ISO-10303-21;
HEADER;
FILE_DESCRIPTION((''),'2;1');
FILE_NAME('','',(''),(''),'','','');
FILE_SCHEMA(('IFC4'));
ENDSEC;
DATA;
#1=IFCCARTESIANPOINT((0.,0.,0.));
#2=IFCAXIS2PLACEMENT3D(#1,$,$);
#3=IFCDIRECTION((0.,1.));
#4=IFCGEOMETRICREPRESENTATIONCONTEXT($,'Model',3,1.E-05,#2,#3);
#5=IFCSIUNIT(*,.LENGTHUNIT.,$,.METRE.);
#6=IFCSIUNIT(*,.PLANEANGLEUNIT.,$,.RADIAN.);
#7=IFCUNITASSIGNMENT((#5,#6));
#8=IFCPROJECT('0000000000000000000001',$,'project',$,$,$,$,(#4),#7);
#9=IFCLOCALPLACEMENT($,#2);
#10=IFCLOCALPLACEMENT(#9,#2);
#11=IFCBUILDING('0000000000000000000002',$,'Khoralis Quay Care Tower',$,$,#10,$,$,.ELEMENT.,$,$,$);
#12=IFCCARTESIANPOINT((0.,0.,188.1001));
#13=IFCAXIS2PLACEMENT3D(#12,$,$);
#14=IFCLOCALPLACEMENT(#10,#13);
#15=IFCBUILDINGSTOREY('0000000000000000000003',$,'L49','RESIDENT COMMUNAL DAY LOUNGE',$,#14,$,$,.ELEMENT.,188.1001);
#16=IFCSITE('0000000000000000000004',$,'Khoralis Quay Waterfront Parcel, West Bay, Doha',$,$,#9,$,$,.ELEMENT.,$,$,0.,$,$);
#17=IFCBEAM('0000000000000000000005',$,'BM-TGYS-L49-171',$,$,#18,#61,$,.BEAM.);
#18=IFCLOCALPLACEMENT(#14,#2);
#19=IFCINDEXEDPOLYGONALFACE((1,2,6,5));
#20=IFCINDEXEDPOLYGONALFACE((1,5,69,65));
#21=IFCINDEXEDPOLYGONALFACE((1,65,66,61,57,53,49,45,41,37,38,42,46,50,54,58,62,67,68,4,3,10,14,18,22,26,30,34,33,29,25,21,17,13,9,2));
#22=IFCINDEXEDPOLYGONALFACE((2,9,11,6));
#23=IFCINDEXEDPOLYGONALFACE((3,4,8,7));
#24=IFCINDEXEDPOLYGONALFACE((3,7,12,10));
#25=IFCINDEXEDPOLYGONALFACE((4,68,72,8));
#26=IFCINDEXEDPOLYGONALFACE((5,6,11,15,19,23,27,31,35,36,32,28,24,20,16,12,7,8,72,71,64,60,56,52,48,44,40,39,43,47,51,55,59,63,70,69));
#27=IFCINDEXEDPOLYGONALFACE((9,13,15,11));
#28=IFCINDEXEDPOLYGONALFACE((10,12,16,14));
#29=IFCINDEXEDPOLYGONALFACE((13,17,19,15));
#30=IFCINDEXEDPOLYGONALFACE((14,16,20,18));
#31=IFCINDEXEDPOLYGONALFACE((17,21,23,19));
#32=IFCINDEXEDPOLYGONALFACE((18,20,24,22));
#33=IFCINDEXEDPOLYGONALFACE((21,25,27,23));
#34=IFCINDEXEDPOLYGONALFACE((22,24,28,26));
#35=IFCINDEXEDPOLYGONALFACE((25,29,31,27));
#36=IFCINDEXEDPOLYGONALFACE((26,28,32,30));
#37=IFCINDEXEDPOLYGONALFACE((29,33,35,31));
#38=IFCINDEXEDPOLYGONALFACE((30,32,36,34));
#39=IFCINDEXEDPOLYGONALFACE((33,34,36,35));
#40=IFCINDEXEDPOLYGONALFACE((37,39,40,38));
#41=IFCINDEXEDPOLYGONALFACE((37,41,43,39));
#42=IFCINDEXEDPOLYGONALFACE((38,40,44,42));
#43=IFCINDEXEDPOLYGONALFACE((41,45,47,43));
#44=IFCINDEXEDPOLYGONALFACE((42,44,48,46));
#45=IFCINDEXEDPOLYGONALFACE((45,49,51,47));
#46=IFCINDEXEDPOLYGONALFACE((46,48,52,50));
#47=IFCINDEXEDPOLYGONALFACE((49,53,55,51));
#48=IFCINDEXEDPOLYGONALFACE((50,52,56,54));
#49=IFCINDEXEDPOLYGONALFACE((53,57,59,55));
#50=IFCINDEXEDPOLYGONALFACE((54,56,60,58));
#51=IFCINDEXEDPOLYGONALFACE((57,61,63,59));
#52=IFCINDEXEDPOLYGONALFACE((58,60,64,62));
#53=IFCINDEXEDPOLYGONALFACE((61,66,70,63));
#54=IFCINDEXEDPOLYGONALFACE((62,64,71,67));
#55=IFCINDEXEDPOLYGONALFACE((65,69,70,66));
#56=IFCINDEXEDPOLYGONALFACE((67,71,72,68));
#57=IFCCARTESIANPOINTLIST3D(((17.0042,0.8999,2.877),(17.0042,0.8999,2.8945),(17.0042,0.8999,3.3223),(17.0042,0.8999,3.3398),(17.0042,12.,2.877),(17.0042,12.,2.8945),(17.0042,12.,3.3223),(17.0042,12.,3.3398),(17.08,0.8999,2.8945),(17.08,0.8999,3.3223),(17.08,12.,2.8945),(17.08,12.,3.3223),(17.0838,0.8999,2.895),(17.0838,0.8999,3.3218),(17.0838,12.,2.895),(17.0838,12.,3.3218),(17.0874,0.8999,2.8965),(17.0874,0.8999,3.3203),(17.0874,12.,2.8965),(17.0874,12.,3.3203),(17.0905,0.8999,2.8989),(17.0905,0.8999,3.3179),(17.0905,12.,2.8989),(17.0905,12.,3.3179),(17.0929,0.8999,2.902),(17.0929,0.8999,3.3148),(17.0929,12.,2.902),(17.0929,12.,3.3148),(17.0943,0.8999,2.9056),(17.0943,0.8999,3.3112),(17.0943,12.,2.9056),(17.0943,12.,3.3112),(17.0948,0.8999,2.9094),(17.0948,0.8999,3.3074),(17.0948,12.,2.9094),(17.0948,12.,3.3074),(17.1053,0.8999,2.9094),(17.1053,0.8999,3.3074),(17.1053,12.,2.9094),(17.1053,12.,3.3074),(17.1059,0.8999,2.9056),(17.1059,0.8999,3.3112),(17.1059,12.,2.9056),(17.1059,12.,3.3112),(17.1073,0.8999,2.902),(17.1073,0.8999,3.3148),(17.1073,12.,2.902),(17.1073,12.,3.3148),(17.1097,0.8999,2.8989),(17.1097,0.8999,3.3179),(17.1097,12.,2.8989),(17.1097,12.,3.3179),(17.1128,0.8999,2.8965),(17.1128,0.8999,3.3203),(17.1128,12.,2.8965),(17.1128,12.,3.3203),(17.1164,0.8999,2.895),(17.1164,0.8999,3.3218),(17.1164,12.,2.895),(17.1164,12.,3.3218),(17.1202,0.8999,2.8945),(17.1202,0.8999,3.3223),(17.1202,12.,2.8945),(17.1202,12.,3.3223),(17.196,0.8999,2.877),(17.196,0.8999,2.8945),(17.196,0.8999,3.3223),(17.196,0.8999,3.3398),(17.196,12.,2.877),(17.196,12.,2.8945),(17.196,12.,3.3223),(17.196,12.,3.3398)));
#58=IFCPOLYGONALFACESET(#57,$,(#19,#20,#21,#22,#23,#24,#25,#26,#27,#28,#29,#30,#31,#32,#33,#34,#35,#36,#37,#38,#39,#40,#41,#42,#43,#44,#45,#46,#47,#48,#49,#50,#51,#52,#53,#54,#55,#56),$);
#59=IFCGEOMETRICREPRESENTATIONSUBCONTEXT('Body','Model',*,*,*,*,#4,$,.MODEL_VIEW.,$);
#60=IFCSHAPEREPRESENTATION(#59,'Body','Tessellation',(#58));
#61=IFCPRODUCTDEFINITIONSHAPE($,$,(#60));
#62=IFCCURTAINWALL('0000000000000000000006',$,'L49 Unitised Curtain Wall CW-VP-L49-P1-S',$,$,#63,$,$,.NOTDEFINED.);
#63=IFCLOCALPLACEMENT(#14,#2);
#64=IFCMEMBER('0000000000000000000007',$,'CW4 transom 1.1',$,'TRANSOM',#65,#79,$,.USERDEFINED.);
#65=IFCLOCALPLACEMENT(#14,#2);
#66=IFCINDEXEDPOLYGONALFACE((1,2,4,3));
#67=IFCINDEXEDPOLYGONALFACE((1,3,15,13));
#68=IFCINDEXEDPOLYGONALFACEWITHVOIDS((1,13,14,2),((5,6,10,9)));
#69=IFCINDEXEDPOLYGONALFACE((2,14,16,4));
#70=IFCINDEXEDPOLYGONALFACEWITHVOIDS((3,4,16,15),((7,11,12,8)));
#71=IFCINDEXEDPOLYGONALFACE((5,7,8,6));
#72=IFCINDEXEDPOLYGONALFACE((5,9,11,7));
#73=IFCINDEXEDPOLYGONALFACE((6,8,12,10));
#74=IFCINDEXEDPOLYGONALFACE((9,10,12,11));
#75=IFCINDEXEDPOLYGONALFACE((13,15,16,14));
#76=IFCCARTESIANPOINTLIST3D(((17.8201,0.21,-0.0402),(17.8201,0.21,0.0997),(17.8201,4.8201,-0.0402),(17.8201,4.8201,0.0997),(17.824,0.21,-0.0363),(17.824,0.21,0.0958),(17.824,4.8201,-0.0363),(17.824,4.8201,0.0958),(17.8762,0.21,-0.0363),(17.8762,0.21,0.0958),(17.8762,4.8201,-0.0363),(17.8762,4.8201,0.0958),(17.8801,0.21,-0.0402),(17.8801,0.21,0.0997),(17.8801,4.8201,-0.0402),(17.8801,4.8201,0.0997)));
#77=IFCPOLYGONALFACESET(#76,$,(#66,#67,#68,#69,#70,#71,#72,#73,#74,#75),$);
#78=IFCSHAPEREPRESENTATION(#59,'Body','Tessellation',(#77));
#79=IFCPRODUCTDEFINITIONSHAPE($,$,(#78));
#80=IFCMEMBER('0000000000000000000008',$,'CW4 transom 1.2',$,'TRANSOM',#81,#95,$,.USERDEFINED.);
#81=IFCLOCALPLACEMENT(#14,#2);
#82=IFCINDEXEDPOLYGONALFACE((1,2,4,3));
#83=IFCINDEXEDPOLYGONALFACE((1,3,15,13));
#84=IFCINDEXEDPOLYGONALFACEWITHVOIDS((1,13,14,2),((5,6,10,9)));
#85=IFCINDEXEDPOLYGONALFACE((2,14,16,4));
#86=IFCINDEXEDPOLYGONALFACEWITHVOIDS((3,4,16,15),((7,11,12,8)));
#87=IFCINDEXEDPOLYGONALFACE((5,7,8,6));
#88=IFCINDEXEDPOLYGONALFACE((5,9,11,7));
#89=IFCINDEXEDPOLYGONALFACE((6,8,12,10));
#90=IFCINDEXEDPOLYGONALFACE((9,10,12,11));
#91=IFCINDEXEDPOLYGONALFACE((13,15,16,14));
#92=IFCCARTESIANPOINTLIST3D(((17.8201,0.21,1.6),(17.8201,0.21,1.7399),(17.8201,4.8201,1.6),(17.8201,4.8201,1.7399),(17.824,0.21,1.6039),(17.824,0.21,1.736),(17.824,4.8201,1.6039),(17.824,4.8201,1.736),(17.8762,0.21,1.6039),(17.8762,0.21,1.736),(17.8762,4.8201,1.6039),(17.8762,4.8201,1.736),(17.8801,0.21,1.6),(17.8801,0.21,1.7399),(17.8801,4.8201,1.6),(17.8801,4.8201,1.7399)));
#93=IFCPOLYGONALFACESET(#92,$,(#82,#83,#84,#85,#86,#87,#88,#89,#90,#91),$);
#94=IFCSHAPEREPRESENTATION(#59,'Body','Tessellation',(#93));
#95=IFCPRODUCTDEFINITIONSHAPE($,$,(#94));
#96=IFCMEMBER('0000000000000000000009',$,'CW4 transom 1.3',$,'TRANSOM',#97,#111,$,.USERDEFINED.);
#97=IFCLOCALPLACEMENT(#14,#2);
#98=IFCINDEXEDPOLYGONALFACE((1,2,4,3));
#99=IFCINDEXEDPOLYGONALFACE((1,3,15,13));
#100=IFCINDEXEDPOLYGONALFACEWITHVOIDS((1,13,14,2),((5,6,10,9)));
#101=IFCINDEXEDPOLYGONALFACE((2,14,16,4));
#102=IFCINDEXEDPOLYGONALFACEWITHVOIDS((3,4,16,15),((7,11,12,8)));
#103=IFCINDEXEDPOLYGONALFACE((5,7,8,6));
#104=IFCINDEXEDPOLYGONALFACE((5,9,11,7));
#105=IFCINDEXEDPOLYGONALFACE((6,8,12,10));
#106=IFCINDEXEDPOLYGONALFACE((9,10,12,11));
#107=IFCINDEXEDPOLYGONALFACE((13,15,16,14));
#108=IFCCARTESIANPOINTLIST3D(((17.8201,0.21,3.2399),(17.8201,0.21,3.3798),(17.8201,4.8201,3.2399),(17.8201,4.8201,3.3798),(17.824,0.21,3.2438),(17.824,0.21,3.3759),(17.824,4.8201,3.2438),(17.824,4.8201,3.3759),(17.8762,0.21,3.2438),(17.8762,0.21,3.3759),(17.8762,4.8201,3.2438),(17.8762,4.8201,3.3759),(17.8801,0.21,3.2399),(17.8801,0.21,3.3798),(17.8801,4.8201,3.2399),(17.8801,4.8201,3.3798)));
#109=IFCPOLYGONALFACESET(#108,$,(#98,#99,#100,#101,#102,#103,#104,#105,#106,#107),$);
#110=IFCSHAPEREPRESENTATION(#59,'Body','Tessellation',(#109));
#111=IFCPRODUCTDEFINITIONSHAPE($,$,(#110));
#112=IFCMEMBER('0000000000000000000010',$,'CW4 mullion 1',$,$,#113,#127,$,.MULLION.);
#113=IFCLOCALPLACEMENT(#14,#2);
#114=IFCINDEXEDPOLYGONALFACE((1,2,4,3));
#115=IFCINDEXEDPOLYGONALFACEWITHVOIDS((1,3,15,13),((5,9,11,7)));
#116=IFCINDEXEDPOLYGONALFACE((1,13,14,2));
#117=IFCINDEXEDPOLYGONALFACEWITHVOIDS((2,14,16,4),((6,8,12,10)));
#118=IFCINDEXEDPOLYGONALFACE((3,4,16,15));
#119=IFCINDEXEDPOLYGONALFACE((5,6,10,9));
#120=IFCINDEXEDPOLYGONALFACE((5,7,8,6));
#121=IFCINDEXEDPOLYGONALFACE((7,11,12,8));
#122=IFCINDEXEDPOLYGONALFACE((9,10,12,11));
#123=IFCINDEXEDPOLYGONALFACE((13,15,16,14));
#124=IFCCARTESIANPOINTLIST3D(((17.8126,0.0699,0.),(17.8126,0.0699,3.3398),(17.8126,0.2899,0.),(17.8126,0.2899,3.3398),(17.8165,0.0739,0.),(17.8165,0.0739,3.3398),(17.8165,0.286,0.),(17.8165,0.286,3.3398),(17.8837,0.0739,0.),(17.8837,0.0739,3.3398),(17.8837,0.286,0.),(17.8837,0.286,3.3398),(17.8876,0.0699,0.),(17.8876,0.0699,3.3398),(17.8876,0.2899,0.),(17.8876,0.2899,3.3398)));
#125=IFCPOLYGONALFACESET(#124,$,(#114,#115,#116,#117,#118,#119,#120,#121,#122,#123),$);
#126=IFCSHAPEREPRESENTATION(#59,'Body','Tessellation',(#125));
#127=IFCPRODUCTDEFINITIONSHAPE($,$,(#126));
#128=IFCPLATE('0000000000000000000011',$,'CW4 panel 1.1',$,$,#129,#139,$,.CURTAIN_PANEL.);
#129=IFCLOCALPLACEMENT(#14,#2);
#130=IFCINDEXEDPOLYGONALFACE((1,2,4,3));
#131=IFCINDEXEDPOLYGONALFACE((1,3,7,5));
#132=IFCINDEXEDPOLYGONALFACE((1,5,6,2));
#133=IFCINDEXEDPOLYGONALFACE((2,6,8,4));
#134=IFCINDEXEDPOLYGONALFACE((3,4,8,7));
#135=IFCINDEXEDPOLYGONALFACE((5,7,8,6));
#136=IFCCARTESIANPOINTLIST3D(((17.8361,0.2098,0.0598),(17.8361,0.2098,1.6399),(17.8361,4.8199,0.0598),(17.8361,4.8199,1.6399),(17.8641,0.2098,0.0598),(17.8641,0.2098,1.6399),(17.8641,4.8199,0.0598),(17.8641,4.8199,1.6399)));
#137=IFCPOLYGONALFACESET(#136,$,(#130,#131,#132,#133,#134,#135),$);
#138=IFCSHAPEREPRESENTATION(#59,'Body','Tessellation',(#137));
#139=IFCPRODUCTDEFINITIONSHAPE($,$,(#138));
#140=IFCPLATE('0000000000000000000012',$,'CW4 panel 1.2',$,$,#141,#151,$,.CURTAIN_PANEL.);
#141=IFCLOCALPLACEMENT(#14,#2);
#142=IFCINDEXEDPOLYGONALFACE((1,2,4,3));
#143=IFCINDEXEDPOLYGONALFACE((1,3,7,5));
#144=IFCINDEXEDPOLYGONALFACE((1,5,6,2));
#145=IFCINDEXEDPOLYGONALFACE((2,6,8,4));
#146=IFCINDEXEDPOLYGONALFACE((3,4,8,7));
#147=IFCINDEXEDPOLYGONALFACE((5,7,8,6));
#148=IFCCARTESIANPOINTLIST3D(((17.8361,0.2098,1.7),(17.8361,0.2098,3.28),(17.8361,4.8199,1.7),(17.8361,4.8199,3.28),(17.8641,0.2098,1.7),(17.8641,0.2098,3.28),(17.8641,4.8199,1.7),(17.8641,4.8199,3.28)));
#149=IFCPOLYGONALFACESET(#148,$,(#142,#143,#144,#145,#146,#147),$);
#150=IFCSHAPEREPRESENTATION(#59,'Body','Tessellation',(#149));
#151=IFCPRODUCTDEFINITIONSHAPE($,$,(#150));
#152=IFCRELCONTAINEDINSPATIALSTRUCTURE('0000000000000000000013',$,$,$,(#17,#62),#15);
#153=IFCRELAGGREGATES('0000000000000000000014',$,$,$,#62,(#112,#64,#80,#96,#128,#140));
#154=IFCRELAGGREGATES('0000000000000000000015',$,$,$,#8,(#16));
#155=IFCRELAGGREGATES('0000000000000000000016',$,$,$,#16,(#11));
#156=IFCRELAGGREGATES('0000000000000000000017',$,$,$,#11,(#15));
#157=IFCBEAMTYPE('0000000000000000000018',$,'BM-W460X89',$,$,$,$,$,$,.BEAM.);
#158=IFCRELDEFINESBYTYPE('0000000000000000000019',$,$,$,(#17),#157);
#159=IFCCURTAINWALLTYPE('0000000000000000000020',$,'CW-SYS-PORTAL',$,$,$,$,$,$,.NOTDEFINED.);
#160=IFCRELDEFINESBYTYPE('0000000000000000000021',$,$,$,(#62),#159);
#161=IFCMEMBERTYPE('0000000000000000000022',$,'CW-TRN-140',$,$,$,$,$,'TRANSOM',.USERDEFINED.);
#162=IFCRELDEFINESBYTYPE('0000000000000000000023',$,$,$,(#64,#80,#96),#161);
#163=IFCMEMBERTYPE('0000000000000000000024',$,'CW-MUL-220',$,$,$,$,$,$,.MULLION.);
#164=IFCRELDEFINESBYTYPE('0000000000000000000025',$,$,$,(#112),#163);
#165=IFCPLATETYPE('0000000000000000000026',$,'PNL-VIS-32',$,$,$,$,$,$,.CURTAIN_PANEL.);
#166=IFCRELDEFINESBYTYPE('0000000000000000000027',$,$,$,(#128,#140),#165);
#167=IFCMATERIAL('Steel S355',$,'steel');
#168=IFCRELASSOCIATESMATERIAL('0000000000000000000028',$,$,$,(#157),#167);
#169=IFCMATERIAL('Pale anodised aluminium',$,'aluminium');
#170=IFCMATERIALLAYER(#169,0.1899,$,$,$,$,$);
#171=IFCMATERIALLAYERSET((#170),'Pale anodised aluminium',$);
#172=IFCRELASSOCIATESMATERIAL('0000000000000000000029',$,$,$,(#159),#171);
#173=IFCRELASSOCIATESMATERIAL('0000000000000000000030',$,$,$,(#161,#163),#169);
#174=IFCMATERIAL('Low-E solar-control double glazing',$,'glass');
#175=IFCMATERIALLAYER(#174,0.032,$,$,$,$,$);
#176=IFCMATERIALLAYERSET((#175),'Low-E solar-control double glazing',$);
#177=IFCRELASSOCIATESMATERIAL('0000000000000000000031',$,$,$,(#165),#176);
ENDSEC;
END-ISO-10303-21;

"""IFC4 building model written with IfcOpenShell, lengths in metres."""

from ifc_helpers import new_model, si_unit, direction, frame, origin, origin_2d, place, context, subcontext, project, spatial, rectangle, hollow_rectangle, i_section, extrude, source, transform, mapped, material, layer, layer_set, material_profile, profile_set, type_object, element, aggregate, save


model = new_model("IFC4")

# Units and contexts
model_context = context("Model", 3, precision=1e-05, world=origin(), true_north=direction((0.0, 1.0)))
body_context = subcontext(model_context, "Body", "Model", "MODEL_VIEW")
ifc_project = project(units=[si_unit("LENGTHUNIT", "METRE"), si_unit("PLANEANGLEUNIT", "RADIAN")], contexts=[model_context])

# Site, building, storey
site_placement = place(None, origin())
site = spatial("IfcSite", under=ifc_project, at=site_placement, Name="Khoralis Quay Waterfront Parcel, West Bay, Doha", CompositionType="ELEMENT", RefElevation=0.0)
building_placement = place(site_placement, origin())
building = spatial("IfcBuilding", under=site, at=building_placement, Name="Khoralis Quay Care Tower", CompositionType="ELEMENT")
storey_placement = place(building_placement, frame((0.0, 0.0, 188.1001)))
storey = spatial("IfcBuildingStorey", under=building, at=storey_placement, Name="L49", Description="RESIDENT COMMUNAL DAY LOUNGE", CompositionType="ELEMENT", Elevation=188.1001)

# Beam
ifc_material_1 = material(Name="Steel S355", Category="steel")
ifc_material_profile_1 = material_profile(ifc_material_1, i_section(OverallWidth=0.1919, OverallDepth=0.4629, WebThickness=0.0105, FlangeThickness=0.0176, FilletRadius=0.0149, at=origin_2d()), Name="Steel S355")
ifc_profile_set_1 = profile_set([ifc_material_profile_1], Name="Steel S355")
beam_type_1 = type_object("IfcBeamType", Name="BM-W460X89", PredefinedType="BEAM", material=ifc_profile_set_1)
shared_shape_1 = source(origin(), body_context, "Body", "SweptSolid", [
    extrude(i_section(OverallWidth=0.1919, OverallDepth=0.4629, WebThickness=0.0105, FlangeThickness=0.0176, FilletRadius=0.0149, at=origin_2d()), origin(), (0.0, 0.0, 1.0), 11.1001),
])
beam_1_placement = place(storey_placement, frame((17.1001, 0.8999, 3.1084), z_axis=(0.0, 1.0, 0.0), x_axis=(-1.0, 0.0, 0.0)))
element("IfcBeam", 1, at=beam_1_placement, inside=storey, type_object=beam_type_1, Name="BM-TGYS-L49-171", PredefinedType="BEAM", context=body_context, shape_type="MappedRepresentation", body=[
    mapped(shared_shape_1, transform((0.0, 0.0, 0.0), scale=1.0)),
])

# Curtain wall, members, plates
ifc_material_2 = material(Name="Pale anodised aluminium", Category="aluminium")
ifc_layer_1 = layer(ifc_material_2, 0.1899)
ifc_layer_set_1 = layer_set([ifc_layer_1], Name="Pale anodised aluminium")
curtain_wall_type = type_object("IfcCurtainWallType", Name="CW-SYS-PORTAL", PredefinedType="NOTDEFINED", material=ifc_layer_set_1)
curtain_wall_placement = place(storey_placement, origin())
curtain_wall = element("IfcCurtainWall", 2, at=curtain_wall_placement, inside=storey, type_object=curtain_wall_type, Name="L49 Unitised Curtain Wall CW-VP-L49-P1-S", PredefinedType="NOTDEFINED")
ifc_material_profile_2 = material_profile(ifc_material_2, hollow_rectangle(XDim=0.0601, YDim=0.1399, WallThickness=0.0039, at=origin_2d()), Name="Pale anodised aluminium")
ifc_profile_set_2 = profile_set([ifc_material_profile_2], Name="Pale anodised aluminium")
member_type_1 = type_object("IfcMemberType", Name="CW-TRN-140", ElementType="TRANSOM", PredefinedType="USERDEFINED", material=ifc_profile_set_2)
shared_shape_2 = source(origin(), body_context, "Body", "SweptSolid", [
    extrude(hollow_rectangle(XDim=0.0601, YDim=0.1399, WallThickness=0.0039, at=origin_2d()), origin(), (0.0, 0.0, 1.0), 4.6101),
])
member_1_placement = place(storey_placement, frame((17.8501, 0.21, 0.0298), z_axis=(0.0, 1.0, 0.0), x_axis=(-1.0, 0.0, 0.0)))
member_1 = element("IfcMember", 3, at=member_1_placement, type_object=member_type_1, Name="CW4 transom 1.1", ObjectType="TRANSOM", PredefinedType="USERDEFINED", context=body_context, shape_type="MappedRepresentation", body=[
    mapped(shared_shape_2, transform((0.0, 0.0, 0.0), scale=1.0)),
])
member_2_placement = place(storey_placement, frame((17.8501, 0.21, 1.6699), z_axis=(0.0, 1.0, 0.0), x_axis=(-1.0, 0.0, 0.0)))
member_2 = element("IfcMember", 4, at=member_2_placement, type_object=member_type_1, Name="CW4 transom 1.2", ObjectType="TRANSOM", PredefinedType="USERDEFINED", context=body_context, shape_type="MappedRepresentation", body=[
    mapped(shared_shape_2, transform((0.0, 0.0, 0.0), scale=1.0)),
])
member_3_placement = place(storey_placement, frame((17.8501, 0.21, 3.3098), z_axis=(0.0, 1.0, 0.0), x_axis=(-1.0, 0.0, 0.0)))
member_3 = element("IfcMember", 5, at=member_3_placement, type_object=member_type_1, Name="CW4 transom 1.3", ObjectType="TRANSOM", PredefinedType="USERDEFINED", context=body_context, shape_type="MappedRepresentation", body=[
    mapped(shared_shape_2, transform((0.0, 0.0, 0.0), scale=1.0)),
])
ifc_material_profile_3 = material_profile(ifc_material_2, hollow_rectangle(XDim=0.075, YDim=0.22, WallThickness=0.0039, at=origin_2d()), Name="Pale anodised aluminium")
ifc_profile_set_3 = profile_set([ifc_material_profile_3], Name="Pale anodised aluminium")
member_type_2 = type_object("IfcMemberType", Name="CW-MUL-220", PredefinedType="MULLION", material=ifc_profile_set_3)
shared_shape_3 = source(origin(), body_context, "Body", "SweptSolid", [
    extrude(hollow_rectangle(XDim=0.075, YDim=0.22, WallThickness=0.0039, at=origin_2d()), origin(), (0.0, 0.0, 1.0), 3.3398),
])
member_4_placement = place(storey_placement, frame((17.8501, 0.1799, 0.0), z_axis=(0.0, 0.0, 1.0), x_axis=(-1.0, 0.0, 0.0)))
member_4 = element("IfcMember", 6, at=member_4_placement, type_object=member_type_2, Name="CW4 mullion 1", PredefinedType="MULLION", context=body_context, shape_type="MappedRepresentation", body=[
    mapped(shared_shape_3, transform((0.0, 0.0, 0.0), scale=1.0)),
])
ifc_material_3 = material(Name="Low-E solar-control double glazing", Category="glass")
ifc_layer_2 = layer(ifc_material_3, 0.032)
ifc_layer_set_2 = layer_set([ifc_layer_2], Name="Low-E solar-control double glazing")
plate_type = type_object("IfcPlateType", Name="PNL-VIS-32", PredefinedType="CURTAIN_PANEL", material=ifc_layer_set_2)
shared_shape_4 = source(origin(), body_context, "Body", "SweptSolid", [
    extrude(rectangle(XDim=4.6101, YDim=0.0281, at=origin_2d()), origin(), (0.0, 0.0, 1.0), 1.5801),
])
plate_1_placement = place(storey_placement, frame((17.8501, 2.5149, 0.0598), z_axis=(0.0, 0.0, 1.0), x_axis=(0.0, 1.0, 0.0)))
plate_1 = element("IfcPlate", 7, at=plate_1_placement, type_object=plate_type, Name="CW4 panel 1.1", PredefinedType="CURTAIN_PANEL", context=body_context, shape_type="MappedRepresentation", body=[
    mapped(shared_shape_4, transform((0.0, 0.0, 0.0), scale=1.0)),
])
plate_2_placement = place(storey_placement, frame((17.8501, 2.5149, 1.7), z_axis=(0.0, 0.0, 1.0), x_axis=(0.0, 1.0, 0.0)))
plate_2 = element("IfcPlate", 8, at=plate_2_placement, type_object=plate_type, Name="CW4 panel 1.2", PredefinedType="CURTAIN_PANEL", context=body_context, shape_type="MappedRepresentation", body=[
    mapped(shared_shape_4, transform((0.0, 0.0, 0.0), scale=1.0)),
])
aggregate(curtain_wall, [member_4, member_1, member_2, member_3, plate_1, plate_2])

save(model, "model.ifc")
